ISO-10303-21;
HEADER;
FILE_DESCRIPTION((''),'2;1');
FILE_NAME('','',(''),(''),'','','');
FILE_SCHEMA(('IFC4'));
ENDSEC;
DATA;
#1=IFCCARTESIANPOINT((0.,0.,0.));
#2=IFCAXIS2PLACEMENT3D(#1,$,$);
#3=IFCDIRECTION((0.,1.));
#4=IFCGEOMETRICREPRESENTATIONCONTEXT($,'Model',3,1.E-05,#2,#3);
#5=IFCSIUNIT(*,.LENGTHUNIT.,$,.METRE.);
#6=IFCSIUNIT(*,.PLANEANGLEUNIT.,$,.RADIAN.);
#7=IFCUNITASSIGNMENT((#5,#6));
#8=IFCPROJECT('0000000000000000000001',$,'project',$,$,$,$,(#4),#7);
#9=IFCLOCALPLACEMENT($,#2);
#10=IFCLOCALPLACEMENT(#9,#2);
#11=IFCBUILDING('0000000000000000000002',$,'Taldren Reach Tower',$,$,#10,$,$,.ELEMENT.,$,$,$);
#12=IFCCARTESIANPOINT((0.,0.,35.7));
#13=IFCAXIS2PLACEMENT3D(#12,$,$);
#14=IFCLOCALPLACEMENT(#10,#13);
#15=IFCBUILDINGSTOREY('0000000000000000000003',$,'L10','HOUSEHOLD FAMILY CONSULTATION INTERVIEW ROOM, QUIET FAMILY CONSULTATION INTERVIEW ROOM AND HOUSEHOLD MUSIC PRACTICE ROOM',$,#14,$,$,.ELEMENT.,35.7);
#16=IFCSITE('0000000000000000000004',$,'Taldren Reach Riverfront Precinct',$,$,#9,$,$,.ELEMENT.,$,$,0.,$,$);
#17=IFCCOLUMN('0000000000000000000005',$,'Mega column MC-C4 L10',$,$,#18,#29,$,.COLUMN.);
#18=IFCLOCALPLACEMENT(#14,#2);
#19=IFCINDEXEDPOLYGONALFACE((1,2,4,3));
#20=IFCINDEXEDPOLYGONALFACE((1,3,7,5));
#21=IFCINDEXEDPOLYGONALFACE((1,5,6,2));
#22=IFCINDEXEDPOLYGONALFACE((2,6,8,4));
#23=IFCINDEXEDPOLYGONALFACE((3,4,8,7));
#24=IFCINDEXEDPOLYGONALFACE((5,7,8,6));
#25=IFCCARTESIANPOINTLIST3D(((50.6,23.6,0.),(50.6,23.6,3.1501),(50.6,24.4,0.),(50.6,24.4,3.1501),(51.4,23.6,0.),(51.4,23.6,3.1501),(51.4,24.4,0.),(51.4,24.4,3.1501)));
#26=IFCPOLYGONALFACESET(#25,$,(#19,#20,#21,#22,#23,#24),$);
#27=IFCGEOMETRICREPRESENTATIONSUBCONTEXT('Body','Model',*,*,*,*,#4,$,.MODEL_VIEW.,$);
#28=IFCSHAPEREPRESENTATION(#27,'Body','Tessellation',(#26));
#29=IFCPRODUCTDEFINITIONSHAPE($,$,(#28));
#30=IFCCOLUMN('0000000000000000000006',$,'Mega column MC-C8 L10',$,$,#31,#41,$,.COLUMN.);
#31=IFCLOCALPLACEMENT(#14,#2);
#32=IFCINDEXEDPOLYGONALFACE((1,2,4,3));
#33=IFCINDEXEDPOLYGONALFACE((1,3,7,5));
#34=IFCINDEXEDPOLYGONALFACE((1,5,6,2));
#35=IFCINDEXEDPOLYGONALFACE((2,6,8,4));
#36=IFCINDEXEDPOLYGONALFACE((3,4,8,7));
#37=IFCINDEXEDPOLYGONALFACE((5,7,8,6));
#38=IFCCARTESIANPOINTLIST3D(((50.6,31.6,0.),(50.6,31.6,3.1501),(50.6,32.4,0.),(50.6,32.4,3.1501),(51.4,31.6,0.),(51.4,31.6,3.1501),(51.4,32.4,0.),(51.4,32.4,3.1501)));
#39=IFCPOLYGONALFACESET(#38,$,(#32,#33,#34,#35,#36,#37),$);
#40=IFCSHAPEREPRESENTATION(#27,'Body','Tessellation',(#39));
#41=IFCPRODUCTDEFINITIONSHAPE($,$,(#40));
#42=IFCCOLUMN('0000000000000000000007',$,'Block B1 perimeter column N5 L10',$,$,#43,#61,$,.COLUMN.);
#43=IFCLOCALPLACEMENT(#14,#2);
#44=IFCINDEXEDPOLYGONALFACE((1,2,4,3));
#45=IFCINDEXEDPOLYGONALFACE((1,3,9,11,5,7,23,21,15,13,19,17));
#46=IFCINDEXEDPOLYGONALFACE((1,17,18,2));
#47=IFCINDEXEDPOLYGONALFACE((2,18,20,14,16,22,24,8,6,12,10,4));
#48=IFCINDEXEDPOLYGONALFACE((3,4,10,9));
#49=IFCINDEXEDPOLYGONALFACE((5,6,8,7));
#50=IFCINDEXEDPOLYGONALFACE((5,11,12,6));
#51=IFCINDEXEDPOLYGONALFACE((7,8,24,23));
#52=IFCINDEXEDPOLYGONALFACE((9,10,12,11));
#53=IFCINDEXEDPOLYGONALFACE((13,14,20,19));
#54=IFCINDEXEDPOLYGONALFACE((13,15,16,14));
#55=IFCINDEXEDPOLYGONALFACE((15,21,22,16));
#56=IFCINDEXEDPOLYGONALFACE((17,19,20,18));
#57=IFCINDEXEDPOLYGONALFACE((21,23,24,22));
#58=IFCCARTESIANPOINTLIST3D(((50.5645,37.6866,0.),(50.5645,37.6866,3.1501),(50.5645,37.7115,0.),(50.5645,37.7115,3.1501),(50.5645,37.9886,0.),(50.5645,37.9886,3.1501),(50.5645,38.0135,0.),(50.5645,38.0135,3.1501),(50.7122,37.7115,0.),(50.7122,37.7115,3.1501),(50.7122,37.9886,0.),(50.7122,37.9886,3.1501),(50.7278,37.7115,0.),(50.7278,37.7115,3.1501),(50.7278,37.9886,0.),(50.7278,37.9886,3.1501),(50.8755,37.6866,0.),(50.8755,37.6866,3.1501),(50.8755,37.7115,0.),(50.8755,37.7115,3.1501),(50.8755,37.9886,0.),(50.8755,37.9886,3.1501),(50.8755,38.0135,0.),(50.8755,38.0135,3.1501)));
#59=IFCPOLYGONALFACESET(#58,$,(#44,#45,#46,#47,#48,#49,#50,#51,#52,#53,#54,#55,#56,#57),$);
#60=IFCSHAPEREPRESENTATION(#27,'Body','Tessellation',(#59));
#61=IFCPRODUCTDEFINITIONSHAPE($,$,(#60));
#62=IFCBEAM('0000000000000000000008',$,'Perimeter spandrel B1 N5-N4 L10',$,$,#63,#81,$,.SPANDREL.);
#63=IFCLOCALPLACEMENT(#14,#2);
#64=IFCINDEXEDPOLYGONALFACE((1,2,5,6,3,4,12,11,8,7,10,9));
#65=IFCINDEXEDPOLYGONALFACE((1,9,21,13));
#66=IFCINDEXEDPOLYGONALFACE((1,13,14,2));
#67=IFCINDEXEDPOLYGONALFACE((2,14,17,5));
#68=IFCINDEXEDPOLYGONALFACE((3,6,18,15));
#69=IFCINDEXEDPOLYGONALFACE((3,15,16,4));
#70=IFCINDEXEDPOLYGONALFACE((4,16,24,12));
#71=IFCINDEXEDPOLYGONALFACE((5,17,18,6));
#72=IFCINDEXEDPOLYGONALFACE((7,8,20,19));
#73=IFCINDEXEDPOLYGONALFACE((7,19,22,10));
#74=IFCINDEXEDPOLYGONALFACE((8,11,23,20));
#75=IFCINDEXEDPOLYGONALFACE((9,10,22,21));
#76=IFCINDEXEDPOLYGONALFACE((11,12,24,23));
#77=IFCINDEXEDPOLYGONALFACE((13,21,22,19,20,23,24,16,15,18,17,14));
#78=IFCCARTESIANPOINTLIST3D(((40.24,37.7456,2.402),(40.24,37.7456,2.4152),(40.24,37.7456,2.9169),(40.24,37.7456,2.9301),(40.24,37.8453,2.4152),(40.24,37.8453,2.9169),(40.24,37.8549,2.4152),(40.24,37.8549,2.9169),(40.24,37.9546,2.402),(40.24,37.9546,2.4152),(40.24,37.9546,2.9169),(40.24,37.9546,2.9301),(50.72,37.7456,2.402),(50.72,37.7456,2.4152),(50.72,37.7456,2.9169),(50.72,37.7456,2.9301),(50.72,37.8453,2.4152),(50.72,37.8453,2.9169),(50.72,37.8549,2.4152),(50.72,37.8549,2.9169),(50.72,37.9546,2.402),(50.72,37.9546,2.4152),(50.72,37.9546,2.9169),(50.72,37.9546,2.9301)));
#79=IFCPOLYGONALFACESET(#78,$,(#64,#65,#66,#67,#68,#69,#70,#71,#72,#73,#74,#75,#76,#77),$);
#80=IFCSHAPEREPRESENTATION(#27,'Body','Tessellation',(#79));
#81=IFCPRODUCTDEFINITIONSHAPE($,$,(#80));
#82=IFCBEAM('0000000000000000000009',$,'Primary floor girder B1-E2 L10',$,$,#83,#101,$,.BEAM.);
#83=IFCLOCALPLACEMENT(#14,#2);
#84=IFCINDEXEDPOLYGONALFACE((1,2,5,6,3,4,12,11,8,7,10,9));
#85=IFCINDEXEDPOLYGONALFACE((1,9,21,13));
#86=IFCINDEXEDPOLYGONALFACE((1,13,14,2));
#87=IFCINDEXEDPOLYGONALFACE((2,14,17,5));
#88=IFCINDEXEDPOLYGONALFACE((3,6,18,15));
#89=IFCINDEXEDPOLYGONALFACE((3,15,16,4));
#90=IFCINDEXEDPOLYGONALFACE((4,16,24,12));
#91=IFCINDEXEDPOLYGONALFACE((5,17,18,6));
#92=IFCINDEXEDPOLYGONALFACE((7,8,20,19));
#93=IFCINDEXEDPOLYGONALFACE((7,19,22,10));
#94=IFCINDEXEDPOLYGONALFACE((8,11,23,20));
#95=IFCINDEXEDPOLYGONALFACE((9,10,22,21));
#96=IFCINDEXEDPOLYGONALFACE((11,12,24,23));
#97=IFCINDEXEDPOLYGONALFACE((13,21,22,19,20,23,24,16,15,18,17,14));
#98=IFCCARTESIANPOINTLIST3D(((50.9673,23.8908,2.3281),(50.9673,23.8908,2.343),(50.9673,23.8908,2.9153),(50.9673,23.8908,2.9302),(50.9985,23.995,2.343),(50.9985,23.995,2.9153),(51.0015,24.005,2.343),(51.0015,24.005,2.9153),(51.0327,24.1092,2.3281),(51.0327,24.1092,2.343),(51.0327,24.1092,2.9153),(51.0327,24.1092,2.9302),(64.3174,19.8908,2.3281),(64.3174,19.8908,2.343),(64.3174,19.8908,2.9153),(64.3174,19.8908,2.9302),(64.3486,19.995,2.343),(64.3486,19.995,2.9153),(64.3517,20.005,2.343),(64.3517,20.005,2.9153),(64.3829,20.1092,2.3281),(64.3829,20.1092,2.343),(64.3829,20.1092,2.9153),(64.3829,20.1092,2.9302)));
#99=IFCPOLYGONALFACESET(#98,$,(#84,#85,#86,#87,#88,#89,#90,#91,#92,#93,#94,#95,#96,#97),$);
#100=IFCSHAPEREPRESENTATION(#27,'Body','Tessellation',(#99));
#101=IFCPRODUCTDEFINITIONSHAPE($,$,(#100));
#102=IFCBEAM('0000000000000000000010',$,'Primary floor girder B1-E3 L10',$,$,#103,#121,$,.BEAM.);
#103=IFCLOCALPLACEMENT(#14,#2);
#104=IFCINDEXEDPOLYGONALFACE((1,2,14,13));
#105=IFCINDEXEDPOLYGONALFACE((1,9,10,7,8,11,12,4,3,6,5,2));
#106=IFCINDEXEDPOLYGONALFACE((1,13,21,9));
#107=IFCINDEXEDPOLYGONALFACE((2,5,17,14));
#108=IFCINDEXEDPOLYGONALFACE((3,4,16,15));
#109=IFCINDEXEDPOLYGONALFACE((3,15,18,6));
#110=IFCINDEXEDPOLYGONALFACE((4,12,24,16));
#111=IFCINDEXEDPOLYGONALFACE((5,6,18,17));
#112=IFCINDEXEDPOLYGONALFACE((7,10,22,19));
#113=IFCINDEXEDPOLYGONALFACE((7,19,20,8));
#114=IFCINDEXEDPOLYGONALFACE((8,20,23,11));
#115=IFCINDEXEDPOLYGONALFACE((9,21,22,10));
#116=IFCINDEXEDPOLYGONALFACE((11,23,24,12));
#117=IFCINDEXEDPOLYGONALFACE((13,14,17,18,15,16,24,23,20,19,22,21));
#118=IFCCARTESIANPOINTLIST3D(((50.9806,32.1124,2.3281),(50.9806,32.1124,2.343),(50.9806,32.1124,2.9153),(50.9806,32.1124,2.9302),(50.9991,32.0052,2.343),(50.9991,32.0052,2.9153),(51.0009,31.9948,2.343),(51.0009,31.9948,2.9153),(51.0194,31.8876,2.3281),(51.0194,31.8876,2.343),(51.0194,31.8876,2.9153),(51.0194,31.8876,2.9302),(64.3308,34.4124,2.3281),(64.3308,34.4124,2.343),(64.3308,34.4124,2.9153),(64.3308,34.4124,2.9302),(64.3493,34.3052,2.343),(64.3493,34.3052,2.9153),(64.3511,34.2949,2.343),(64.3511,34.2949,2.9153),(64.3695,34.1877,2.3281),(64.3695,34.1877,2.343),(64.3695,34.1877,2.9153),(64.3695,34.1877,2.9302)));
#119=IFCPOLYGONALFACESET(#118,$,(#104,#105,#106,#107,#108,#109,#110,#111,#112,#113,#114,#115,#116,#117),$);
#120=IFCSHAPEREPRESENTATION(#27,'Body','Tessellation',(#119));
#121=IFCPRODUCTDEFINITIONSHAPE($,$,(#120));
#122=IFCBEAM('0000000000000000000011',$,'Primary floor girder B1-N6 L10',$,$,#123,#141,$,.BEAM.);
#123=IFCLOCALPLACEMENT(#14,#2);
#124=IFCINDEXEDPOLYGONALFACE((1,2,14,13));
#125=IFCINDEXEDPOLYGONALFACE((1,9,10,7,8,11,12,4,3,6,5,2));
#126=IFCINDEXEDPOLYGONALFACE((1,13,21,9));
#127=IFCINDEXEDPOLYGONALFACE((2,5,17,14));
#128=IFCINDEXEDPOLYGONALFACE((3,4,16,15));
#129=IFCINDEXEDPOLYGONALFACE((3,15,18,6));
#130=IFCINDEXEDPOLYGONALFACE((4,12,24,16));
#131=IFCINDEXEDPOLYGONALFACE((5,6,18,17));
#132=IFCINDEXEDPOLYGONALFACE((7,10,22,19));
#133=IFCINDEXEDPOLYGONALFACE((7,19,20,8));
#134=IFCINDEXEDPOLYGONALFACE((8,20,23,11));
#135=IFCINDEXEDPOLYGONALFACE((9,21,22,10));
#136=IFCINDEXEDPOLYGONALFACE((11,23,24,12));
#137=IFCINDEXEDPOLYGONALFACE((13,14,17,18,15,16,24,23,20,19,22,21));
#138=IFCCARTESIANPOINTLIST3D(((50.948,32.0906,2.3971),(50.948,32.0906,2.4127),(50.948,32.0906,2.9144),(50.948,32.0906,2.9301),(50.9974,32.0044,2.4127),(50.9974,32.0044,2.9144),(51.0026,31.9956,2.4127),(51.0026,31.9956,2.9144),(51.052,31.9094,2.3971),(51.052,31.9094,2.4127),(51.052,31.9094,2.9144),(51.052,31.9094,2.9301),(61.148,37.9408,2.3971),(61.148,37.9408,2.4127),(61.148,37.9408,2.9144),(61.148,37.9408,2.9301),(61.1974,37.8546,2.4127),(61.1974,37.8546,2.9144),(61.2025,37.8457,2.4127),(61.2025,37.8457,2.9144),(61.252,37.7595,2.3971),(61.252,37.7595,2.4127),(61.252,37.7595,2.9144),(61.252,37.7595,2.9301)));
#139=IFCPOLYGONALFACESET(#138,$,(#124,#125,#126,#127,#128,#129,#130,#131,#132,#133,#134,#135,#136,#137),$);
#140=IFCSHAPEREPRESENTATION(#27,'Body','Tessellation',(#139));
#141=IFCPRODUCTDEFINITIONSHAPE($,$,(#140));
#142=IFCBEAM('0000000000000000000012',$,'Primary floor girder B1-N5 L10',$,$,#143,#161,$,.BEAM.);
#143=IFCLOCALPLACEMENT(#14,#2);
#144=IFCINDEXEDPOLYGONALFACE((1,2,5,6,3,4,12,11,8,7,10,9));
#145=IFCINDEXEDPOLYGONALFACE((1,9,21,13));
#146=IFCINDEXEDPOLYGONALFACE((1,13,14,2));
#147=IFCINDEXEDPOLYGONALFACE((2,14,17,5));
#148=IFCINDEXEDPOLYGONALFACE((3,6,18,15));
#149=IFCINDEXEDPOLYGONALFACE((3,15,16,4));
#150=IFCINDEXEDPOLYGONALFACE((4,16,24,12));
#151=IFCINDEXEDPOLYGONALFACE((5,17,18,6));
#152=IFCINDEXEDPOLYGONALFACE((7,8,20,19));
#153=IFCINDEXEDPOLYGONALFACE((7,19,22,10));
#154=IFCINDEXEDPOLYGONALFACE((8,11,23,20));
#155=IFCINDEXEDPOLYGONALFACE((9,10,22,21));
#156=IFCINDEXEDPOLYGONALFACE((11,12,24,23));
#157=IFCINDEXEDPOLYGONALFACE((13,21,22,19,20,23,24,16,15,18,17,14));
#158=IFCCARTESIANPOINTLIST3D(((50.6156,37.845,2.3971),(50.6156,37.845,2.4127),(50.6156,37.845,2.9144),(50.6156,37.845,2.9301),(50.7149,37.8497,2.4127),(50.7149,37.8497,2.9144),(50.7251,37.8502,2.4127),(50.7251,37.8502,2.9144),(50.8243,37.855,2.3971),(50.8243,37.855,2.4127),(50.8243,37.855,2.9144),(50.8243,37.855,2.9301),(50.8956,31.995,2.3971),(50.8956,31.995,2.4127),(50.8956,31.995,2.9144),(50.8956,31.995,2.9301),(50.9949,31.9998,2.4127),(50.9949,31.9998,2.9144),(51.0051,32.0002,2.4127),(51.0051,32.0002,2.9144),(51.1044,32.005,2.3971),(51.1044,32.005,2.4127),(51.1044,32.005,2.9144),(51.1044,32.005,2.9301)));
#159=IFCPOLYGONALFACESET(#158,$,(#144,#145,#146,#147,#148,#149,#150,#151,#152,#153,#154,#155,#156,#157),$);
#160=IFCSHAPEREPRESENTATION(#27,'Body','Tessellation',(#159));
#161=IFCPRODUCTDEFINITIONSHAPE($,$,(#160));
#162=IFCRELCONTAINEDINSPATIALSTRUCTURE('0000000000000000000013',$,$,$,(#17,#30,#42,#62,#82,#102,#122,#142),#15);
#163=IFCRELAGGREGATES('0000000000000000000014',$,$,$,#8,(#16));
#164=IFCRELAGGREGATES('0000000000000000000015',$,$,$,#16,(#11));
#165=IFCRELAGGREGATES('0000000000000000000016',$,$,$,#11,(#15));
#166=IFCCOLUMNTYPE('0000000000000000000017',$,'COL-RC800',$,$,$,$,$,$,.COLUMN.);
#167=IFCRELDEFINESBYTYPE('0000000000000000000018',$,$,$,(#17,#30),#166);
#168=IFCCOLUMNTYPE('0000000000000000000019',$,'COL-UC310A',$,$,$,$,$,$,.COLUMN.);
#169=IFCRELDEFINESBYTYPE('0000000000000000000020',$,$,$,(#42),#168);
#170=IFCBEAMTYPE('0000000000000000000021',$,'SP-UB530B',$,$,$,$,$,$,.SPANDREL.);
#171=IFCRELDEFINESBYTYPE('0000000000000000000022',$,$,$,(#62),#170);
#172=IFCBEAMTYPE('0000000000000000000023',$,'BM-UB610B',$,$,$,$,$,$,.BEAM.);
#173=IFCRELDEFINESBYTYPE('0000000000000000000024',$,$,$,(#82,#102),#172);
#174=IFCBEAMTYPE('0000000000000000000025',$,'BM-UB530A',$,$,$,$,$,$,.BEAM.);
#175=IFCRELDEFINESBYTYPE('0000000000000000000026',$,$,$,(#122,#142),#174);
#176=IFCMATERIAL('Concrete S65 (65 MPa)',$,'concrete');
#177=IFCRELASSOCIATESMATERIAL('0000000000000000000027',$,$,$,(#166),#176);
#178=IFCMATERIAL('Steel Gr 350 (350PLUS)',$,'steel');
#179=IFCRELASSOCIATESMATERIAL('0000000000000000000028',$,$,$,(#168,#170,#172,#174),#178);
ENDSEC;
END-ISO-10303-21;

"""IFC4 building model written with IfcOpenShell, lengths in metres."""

from ifc_helpers import new_model, si_unit, direction, frame, origin, origin_2d, place, context, subcontext, project, spatial, rectangle, i_section, extrude, source, transform, mapped, material, material_profile, profile_set, type_object, element, save


model = new_model("IFC4")

# Units and contexts
model_context = context("Model", 3, precision=1e-05, world=origin(), true_north=direction((0.0, 1.0)))
body_context = subcontext(model_context, "Body", "Model", "MODEL_VIEW")
ifc_project = project(units=[si_unit("LENGTHUNIT", "METRE"), si_unit("PLANEANGLEUNIT", "RADIAN")], contexts=[model_context])

# Site, building, storey
site_placement = place(None, origin())
site = spatial("IfcSite", under=ifc_project, at=site_placement, Name="Taldren Reach Riverfront Precinct", CompositionType="ELEMENT", RefElevation=0.0)
building_placement = place(site_placement, origin())
building = spatial("IfcBuilding", under=site, at=building_placement, Name="Taldren Reach Tower", CompositionType="ELEMENT")
storey_placement = place(building_placement, frame((0.0, 0.0, 35.7)))
storey = spatial("IfcBuildingStorey", under=building, at=storey_placement, Name="L10", Description="HOUSEHOLD FAMILY CONSULTATION INTERVIEW ROOM, QUIET FAMILY CONSULTATION INTERVIEW ROOM AND HOUSEHOLD MUSIC PRACTICE ROOM", CompositionType="ELEMENT", Elevation=35.7)

# Columns
ifc_material_1 = material(Name="Concrete S65 (65 MPa)", Category="concrete")
ifc_material_profile_1 = material_profile(ifc_material_1, rectangle(XDim=0.8, YDim=0.8, at=origin_2d()), Name="RC-800x800")
ifc_profile_set_1 = profile_set([ifc_material_profile_1], Name="Concrete S65 (65 MPa)")
column_type_1 = type_object("IfcColumnType", Name="COL-RC800", PredefinedType="COLUMN", material=ifc_profile_set_1)
shared_shape_1 = source(origin(), body_context, "Body", "SweptSolid", [
    extrude(rectangle(XDim=0.8, YDim=0.8, at=origin_2d()), origin(), (0.0, 0.0, 1.0), 3.1501),
])
for number, where, z_axis, x_axis, name in (
    (1, (51.0, 24.0, 0.0), (0.0, 0.0, 1.0), (1.0, 0.0, 0.0), "Mega column MC-C4 L10"),
    (2, (51.0, 32.0, 0.0), (0.0, 0.0, 1.0), (1.0, 0.0, 0.0), "Mega column MC-C8 L10"),
):
    element("IfcColumn", number, at=place(storey_placement, frame(where, z_axis=z_axis, x_axis=x_axis)), inside=storey, type_object=column_type_1, Name=name, PredefinedType="COLUMN", context=body_context, shape_type="MappedRepresentation", body=[
        mapped(shared_shape_1, transform((0.0, 0.0, 0.0), scale=1.0)),
    ])
ifc_material_2 = material(Name="Steel Gr 350 (350PLUS)", Category="steel")
ifc_material_profile_2 = material_profile(ifc_material_2, i_section(OverallWidth=0.311, OverallDepth=0.3269, WebThickness=0.0156, FlangeThickness=0.0249, at=origin_2d()), Name="310UC158")
ifc_profile_set_2 = profile_set([ifc_material_profile_2], Name="Steel Gr 350 (350PLUS)")
column_type_2 = type_object("IfcColumnType", Name="COL-UC310A", PredefinedType="COLUMN", material=ifc_profile_set_2)
shared_shape_2 = source(origin(), body_context, "Body", "SweptSolid", [
    extrude(i_section(OverallWidth=0.311, OverallDepth=0.3269, WebThickness=0.0156, FlangeThickness=0.0249, at=origin_2d()), origin(), (0.0, 0.0, 1.0), 3.1501),
])
column_placement = place(storey_placement, frame((50.72, 37.8501, 0.0), z_axis=(0.0, 0.0, 1.0), x_axis=(1.0, 0.0, 0.0)))
element("IfcColumn", 3, at=column_placement, inside=storey, type_object=column_type_2, Name="Block B1 perimeter column N5 L10", PredefinedType="COLUMN", context=body_context, shape_type="MappedRepresentation", body=[
    mapped(shared_shape_2, transform((0.0, 0.0, 0.0), scale=1.0)),
])

# Beams
ifc_material_profile_3 = material_profile(ifc_material_2, i_section(OverallWidth=0.209, OverallDepth=0.5281, WebThickness=0.0095, FlangeThickness=0.0132, at=origin_2d()), Name="530UB82.0")
ifc_profile_set_3 = profile_set([ifc_material_profile_3], Name="Steel Gr 350 (350PLUS)")
beam_type_1 = type_object("IfcBeamType", Name="SP-UB530B", PredefinedType="SPANDREL", material=ifc_profile_set_3)
shared_shape_3 = source(origin(), body_context, "Body", "SweptSolid", [
    extrude(i_section(OverallWidth=0.209, OverallDepth=0.5281, WebThickness=0.0095, FlangeThickness=0.0132, at=origin_2d()), origin(), (0.0, 0.0, 1.0), 10.48),
])
beam_1_placement = place(storey_placement, frame((50.72, 37.8501, 2.666), z_axis=(-1.0, 0.0, 0.0), x_axis=(0.0, -1.0, 0.0)))
element("IfcBeam", 4, at=beam_1_placement, inside=storey, type_object=beam_type_1, Name="Perimeter spandrel B1 N5-N4 L10", PredefinedType="SPANDREL", context=body_context, shape_type="MappedRepresentation", body=[
    mapped(shared_shape_3, transform((0.0, 0.0, 0.0), scale=1.0)),
])
ifc_material_profile_4 = material_profile(ifc_material_2, i_section(OverallWidth=0.228, OverallDepth=0.6021, WebThickness=0.0105, FlangeThickness=0.0149, at=origin_2d()), Name="610UB101")
ifc_profile_set_4 = profile_set([ifc_material_profile_4], Name="Steel Gr 350 (350PLUS)")
beam_type_2 = type_object("IfcBeamType", Name="BM-UB610B", PredefinedType="BEAM", material=ifc_profile_set_4)
shared_shape_4 = source(origin(), body_context, "Body", "SweptSolid", [
    extrude(i_section(OverallWidth=0.228, OverallDepth=0.6021, WebThickness=0.0105, FlangeThickness=0.0149, at=origin_2d()), origin(), (0.0, 0.0, 1.0), 13.9365),
])
beam_2_placement = place(storey_placement, frame((51.0, 24.0, 2.6292), z_axis=(0.957926, -0.287017, 0.0), x_axis=(0.287017, 0.957926, 0.0)))
element("IfcBeam", 5, at=beam_2_placement, inside=storey, type_object=beam_type_2, Name="Primary floor girder B1-E2 L10", PredefinedType="BEAM", context=body_context, shape_type="MappedRepresentation", body=[
    mapped(shared_shape_4, transform((0.0, 0.0, 0.0), scale=1.0)),
])
shared_shape_5 = source(origin(), body_context, "Body", "SweptSolid", [
    extrude(i_section(OverallWidth=0.228, OverallDepth=0.6021, WebThickness=0.0105, FlangeThickness=0.0149, at=origin_2d()), origin(), (0.0, 0.0, 1.0), 13.5469),
])
beam_3_placement = place(storey_placement, frame((51.0, 32.0, 2.6292), z_axis=(0.985481, 0.169786, 0.0), x_axis=(-0.169786, 0.985481, 0.0)))
element("IfcBeam", 6, at=beam_3_placement, inside=storey, type_object=beam_type_2, Name="Primary floor girder B1-E3 L10", PredefinedType="BEAM", context=body_context, shape_type="MappedRepresentation", body=[
    mapped(shared_shape_5, transform((0.0, 0.0, 0.0), scale=1.0)),
])
ifc_material_profile_5 = material_profile(ifc_material_2, i_section(OverallWidth=0.209, OverallDepth=0.533, WebThickness=0.0103, FlangeThickness=0.0156, at=origin_2d()), Name="530UB92.4")
ifc_profile_set_5 = profile_set([ifc_material_profile_5], Name="Steel Gr 350 (350PLUS)")
beam_type_3 = type_object("IfcBeamType", Name="BM-UB530A", PredefinedType="BEAM", material=ifc_profile_set_5)
shared_shape_6 = source(origin(), body_context, "Body", "SweptSolid", [
    extrude(i_section(OverallWidth=0.209, OverallDepth=0.533, WebThickness=0.0103, FlangeThickness=0.0156, at=origin_2d()), origin(), (0.0, 0.0, 1.0), 11.7585),
])
beam_4_placement = place(storey_placement, frame((51.0, 32.0, 2.6636), z_axis=(0.867452, 0.49752, 0.0), x_axis=(-0.49752, 0.867452, 0.0)))
element("IfcBeam", 7, at=beam_4_placement, inside=storey, type_object=beam_type_3, Name="Primary floor girder B1-N6 L10", PredefinedType="BEAM", context=body_context, shape_type="MappedRepresentation", body=[
    mapped(shared_shape_6, transform((0.0, 0.0, 0.0), scale=1.0)),
])
shared_shape_7 = source(origin(), body_context, "Body", "SweptSolid", [
    extrude(i_section(OverallWidth=0.209, OverallDepth=0.533, WebThickness=0.0103, FlangeThickness=0.0156, at=origin_2d()), origin(), (0.0, 0.0, 1.0), 5.8567),
])
beam_5_placement = place(storey_placement, frame((51.0, 32.0, 2.6636), z_axis=(-0.047813, 0.998856, 0.0), x_axis=(-0.998856, -0.047813, 0.0)))
element("IfcBeam", 8, at=beam_5_placement, inside=storey, type_object=beam_type_3, Name="Primary floor girder B1-N5 L10", PredefinedType="BEAM", context=body_context, shape_type="MappedRepresentation", body=[
    mapped(shared_shape_7, transform((0.0, 0.0, 0.0), scale=1.0)),
])

save(model, "model.ifc")
